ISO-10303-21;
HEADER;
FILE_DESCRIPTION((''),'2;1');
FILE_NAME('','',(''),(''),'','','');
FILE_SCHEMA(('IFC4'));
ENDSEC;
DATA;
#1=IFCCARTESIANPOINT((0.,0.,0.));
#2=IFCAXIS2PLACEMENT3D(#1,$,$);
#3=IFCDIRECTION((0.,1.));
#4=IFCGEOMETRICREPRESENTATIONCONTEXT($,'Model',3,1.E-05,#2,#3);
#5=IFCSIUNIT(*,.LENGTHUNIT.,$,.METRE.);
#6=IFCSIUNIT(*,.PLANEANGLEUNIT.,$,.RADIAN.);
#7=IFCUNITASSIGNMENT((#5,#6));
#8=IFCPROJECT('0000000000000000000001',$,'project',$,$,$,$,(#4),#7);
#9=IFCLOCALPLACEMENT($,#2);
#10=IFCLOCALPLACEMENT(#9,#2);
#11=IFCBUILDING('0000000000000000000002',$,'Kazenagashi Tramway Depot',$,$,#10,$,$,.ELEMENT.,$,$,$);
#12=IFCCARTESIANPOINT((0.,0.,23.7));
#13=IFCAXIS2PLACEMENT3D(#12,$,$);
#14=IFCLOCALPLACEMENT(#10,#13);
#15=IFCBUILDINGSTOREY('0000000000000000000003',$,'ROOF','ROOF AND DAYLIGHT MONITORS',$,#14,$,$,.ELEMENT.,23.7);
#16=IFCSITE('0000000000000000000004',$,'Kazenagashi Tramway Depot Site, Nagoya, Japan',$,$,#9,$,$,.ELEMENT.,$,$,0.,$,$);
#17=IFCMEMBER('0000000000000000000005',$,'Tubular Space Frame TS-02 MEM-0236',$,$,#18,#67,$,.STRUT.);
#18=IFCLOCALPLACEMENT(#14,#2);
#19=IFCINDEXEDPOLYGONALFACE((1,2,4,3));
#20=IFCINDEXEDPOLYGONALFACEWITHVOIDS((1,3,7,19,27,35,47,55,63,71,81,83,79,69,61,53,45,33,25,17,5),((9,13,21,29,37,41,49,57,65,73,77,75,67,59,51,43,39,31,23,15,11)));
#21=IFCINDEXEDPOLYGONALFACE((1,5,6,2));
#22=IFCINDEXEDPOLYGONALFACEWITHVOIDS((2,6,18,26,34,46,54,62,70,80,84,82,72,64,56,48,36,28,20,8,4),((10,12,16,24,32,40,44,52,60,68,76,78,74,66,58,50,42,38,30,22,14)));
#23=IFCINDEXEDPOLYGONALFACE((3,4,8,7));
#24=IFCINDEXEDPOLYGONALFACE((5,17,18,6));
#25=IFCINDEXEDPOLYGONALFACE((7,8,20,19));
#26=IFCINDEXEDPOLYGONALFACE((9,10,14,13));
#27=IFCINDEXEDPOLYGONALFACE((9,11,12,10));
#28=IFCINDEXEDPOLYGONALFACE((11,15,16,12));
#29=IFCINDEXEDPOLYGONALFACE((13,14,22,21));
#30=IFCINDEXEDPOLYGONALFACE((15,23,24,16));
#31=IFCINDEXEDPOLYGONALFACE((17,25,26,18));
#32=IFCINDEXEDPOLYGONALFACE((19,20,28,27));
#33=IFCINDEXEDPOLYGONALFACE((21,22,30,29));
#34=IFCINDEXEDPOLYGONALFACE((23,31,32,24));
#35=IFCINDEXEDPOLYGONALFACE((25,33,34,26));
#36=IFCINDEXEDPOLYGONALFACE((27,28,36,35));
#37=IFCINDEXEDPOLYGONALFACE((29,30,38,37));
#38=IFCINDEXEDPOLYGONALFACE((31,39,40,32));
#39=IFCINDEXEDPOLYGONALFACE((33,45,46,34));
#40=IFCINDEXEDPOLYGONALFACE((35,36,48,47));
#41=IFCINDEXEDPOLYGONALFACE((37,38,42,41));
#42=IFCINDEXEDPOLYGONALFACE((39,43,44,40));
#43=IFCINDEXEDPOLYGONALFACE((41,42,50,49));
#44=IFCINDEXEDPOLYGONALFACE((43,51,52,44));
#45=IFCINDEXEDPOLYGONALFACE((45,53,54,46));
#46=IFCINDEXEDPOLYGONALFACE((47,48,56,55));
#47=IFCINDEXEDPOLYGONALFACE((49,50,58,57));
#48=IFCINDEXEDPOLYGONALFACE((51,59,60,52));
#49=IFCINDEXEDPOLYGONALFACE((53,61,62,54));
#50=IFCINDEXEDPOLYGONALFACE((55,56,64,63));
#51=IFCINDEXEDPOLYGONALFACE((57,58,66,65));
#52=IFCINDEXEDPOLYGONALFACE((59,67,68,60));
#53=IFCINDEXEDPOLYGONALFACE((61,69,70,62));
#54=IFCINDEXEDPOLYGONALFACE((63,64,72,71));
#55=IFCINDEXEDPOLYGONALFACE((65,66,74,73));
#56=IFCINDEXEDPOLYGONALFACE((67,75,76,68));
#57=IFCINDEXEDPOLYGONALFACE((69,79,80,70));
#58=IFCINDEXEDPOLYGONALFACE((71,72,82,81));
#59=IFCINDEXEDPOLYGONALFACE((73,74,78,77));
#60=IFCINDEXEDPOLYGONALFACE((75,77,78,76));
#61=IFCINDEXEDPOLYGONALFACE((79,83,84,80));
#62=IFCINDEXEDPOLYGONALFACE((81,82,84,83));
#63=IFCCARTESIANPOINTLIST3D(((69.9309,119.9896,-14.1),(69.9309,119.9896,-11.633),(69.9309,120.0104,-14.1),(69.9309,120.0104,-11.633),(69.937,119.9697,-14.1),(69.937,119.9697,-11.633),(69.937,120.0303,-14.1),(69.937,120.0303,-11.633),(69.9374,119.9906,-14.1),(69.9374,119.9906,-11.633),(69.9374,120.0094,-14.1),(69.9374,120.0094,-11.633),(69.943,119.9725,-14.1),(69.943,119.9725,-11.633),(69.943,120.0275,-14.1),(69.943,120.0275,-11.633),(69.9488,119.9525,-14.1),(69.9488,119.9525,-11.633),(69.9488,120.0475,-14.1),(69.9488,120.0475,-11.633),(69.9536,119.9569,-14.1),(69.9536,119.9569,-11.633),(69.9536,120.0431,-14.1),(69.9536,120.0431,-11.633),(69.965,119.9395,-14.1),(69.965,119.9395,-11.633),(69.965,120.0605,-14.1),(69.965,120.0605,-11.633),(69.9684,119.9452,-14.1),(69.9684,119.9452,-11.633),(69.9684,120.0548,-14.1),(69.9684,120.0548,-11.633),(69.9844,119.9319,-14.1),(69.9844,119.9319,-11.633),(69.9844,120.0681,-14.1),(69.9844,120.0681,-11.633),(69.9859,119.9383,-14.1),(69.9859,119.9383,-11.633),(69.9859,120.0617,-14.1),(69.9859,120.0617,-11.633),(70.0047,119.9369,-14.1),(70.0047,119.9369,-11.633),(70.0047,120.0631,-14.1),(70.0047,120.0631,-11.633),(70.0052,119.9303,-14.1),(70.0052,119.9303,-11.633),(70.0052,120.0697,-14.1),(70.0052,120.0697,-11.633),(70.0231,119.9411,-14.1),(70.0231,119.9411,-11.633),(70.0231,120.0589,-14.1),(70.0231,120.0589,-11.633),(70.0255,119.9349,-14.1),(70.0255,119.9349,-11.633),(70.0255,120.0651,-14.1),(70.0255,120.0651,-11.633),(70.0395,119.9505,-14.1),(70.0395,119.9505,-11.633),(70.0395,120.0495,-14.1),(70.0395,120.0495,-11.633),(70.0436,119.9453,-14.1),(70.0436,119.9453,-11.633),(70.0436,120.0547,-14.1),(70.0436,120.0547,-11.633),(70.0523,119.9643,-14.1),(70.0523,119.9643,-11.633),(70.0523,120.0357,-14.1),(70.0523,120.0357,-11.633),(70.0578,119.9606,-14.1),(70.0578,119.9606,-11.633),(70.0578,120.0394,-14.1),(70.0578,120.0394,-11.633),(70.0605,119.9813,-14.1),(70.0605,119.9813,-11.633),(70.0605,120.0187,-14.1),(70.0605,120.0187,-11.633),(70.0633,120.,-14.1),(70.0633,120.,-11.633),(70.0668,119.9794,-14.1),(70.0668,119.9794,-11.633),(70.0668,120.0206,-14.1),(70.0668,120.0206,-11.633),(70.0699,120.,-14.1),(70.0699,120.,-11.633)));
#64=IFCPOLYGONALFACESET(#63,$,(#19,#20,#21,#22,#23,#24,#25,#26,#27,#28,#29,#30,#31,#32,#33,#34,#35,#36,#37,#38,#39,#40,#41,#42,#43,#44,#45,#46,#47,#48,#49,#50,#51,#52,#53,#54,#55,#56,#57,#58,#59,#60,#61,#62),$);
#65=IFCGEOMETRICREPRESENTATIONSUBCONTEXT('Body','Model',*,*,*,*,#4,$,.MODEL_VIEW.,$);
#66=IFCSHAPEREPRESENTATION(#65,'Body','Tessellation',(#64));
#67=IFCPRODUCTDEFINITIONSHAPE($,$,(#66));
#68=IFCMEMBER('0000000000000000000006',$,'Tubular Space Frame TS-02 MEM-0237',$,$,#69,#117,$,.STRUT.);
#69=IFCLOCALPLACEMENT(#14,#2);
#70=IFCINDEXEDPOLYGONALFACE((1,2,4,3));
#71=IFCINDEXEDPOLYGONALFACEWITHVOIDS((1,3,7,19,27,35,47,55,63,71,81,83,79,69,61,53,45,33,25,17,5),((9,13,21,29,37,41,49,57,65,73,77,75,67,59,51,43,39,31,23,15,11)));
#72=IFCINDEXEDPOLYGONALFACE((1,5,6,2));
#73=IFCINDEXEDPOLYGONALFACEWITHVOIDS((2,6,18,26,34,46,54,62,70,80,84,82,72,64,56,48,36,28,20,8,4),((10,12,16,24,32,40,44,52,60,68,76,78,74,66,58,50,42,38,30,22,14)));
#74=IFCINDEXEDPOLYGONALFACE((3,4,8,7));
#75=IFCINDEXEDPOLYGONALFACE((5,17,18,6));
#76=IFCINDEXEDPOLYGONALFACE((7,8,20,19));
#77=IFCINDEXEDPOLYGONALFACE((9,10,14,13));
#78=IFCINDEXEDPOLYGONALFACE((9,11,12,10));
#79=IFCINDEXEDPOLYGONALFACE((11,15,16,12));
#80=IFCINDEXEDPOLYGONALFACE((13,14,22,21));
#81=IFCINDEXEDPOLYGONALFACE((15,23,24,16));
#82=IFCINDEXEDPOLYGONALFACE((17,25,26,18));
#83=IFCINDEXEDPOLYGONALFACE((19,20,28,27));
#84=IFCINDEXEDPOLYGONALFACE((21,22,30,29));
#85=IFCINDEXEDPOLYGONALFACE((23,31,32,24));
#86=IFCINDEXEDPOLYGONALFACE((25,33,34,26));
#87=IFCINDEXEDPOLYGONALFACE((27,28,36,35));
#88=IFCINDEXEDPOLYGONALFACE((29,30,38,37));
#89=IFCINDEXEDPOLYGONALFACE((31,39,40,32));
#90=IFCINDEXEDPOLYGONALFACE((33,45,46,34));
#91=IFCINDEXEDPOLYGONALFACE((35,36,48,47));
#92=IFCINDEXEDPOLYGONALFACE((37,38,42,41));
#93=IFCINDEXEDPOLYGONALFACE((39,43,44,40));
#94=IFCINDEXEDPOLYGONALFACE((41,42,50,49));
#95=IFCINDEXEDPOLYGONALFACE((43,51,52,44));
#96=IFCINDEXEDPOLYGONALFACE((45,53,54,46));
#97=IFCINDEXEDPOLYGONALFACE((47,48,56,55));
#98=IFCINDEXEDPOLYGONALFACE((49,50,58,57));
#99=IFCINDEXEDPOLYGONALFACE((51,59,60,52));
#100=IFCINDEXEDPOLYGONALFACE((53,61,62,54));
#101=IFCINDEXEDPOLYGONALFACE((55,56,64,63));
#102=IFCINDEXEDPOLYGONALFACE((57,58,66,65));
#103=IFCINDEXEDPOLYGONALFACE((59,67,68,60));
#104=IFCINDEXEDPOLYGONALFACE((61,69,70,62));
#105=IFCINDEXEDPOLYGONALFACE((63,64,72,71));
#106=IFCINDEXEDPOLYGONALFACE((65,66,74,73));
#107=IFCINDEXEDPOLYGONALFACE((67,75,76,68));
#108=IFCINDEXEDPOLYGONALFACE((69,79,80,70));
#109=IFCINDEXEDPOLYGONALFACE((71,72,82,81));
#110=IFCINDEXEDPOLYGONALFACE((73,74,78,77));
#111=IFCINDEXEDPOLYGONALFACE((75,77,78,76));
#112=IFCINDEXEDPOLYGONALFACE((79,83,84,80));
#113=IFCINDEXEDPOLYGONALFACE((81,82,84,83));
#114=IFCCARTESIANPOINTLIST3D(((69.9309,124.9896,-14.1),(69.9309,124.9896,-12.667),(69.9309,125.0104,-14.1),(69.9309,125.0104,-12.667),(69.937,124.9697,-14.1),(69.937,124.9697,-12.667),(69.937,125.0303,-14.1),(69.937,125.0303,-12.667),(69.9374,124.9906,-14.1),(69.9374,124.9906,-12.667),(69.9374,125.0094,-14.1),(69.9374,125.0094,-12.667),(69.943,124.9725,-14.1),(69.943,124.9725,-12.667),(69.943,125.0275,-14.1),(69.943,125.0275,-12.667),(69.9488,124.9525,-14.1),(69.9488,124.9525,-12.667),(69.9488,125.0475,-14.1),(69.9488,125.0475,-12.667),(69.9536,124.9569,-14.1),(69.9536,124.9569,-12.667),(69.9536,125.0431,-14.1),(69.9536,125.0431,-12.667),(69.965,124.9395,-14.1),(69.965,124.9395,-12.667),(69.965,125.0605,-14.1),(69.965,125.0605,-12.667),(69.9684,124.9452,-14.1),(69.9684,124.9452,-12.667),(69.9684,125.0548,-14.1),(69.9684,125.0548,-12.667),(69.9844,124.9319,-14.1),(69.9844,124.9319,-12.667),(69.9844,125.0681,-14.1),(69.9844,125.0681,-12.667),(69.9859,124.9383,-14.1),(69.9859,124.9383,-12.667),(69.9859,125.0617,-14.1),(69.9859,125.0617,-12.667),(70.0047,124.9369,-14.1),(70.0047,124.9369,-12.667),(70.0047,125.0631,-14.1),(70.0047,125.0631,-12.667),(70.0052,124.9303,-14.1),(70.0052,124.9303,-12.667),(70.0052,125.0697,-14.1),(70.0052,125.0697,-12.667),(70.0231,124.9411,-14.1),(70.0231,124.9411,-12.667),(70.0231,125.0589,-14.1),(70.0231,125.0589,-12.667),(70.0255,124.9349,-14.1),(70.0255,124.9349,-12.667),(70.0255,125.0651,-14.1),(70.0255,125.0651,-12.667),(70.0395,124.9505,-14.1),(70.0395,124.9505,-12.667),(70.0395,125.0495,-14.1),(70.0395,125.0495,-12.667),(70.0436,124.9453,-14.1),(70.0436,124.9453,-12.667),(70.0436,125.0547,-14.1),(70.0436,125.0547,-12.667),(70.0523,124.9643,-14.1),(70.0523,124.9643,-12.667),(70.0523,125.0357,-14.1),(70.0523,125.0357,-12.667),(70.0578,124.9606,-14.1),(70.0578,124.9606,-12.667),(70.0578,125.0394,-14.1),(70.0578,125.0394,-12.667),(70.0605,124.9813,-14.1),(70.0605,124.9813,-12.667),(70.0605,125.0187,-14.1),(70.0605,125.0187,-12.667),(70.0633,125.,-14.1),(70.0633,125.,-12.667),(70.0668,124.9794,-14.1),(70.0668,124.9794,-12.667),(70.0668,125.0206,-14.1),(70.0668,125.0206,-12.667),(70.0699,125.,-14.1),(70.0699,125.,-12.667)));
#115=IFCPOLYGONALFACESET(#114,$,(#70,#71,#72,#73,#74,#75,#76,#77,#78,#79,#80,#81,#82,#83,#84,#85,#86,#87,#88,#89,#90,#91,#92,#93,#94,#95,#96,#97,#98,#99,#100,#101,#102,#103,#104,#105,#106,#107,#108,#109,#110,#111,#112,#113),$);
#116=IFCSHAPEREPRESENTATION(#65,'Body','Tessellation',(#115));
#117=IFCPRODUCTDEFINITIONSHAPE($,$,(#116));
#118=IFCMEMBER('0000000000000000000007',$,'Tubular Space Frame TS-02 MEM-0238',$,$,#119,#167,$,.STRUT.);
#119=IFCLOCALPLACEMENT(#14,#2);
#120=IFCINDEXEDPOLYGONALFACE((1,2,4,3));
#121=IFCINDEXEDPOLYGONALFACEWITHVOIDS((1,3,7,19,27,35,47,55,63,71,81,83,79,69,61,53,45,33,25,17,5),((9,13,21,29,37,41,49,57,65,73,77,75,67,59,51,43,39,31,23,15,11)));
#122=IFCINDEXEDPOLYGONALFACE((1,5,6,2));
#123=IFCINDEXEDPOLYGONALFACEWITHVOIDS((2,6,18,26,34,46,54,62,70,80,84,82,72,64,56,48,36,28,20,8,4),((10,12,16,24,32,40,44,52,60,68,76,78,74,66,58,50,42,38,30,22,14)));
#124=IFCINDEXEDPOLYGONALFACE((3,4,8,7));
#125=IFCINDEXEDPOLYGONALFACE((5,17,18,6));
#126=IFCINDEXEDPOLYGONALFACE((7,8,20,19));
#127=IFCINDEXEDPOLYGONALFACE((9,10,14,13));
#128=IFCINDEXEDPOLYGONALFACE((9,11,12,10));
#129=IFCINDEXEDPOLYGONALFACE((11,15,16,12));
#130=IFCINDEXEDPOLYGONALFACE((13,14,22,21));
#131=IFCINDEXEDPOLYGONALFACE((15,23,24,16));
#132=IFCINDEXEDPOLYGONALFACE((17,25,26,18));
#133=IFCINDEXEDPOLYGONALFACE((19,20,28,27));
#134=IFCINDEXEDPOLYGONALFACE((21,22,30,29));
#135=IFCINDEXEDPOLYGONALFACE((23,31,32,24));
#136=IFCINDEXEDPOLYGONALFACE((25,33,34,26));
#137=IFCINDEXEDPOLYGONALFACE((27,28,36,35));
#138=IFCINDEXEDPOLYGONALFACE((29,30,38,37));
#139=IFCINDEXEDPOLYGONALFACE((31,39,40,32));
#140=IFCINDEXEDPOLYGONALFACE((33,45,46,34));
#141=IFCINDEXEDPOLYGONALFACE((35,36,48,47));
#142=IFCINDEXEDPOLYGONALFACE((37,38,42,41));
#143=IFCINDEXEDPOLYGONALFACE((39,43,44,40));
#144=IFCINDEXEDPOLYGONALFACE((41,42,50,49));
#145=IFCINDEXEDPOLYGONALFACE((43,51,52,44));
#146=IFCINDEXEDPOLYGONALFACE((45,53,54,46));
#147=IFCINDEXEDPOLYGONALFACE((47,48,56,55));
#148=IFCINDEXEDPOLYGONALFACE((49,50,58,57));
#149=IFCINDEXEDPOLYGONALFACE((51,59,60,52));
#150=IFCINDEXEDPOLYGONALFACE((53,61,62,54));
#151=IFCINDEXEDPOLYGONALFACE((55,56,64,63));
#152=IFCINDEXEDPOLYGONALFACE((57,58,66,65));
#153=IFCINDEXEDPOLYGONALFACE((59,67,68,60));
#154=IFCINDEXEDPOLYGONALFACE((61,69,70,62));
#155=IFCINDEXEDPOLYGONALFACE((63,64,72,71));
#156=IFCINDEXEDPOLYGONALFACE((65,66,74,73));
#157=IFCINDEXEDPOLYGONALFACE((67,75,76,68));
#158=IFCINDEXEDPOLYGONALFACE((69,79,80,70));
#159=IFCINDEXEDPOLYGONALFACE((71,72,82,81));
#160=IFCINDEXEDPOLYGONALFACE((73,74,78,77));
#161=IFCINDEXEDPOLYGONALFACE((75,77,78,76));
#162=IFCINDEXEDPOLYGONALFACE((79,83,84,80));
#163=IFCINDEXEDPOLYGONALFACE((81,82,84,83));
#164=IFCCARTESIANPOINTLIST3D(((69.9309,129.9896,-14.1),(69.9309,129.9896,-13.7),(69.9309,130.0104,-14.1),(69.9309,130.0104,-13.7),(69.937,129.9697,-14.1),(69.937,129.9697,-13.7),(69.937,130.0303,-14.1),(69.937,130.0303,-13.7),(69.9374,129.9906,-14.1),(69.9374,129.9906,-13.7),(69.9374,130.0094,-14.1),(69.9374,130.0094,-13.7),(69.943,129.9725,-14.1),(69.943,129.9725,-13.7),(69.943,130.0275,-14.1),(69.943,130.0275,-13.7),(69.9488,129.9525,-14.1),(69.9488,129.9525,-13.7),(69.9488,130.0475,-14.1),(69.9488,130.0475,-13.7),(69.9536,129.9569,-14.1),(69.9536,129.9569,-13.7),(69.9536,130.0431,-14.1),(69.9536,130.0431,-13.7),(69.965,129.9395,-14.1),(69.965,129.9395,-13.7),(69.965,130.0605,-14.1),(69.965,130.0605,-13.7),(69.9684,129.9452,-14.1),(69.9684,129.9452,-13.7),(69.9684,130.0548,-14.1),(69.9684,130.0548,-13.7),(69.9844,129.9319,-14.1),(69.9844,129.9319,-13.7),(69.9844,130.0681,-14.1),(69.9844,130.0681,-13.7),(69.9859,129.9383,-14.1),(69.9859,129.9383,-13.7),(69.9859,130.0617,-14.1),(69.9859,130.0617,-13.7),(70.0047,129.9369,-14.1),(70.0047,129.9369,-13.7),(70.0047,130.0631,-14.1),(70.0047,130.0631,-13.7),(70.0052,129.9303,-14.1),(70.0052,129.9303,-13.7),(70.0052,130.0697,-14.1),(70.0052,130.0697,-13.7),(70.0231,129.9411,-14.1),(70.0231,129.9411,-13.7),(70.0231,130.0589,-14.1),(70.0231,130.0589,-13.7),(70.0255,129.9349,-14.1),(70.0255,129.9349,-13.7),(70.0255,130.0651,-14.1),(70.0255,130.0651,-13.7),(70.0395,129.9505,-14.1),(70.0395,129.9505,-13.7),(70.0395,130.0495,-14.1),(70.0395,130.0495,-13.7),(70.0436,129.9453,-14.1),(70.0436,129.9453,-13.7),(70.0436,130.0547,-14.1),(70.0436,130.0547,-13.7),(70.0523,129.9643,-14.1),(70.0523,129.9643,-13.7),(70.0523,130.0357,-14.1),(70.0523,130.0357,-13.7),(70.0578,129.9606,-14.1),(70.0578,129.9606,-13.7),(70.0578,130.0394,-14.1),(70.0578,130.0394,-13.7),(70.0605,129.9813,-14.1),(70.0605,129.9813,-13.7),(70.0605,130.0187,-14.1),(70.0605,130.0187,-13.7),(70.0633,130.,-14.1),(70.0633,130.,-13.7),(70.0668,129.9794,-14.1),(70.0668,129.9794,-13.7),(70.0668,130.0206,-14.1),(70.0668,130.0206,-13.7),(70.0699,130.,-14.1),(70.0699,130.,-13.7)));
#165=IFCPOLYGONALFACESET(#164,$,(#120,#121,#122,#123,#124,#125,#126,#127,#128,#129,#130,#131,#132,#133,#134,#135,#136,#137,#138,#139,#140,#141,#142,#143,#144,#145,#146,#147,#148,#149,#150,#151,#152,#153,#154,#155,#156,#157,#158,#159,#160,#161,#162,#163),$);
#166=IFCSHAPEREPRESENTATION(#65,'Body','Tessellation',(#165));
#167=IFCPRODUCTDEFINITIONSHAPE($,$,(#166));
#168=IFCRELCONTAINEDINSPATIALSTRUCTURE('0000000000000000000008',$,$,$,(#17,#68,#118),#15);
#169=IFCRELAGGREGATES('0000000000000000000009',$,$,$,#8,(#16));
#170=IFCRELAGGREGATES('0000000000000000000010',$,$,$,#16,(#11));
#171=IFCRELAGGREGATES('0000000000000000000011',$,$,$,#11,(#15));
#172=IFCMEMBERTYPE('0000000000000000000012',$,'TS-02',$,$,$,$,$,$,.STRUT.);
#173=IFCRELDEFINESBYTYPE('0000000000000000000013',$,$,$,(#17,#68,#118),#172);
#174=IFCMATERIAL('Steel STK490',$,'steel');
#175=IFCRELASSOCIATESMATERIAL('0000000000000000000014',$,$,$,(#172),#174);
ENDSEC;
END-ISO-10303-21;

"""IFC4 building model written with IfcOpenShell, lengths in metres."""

from ifc_helpers import new_model, si_unit, direction, frame, origin, origin_2d, place, context, subcontext, project, spatial, hollow_circle, extrude, material, material_profile, profile_set, type_object, element, save


model = new_model("IFC4")

# Units and contexts
model_context = context("Model", 3, precision=1e-05, world=origin(), true_north=direction((0.0, 1.0)))
body_context = subcontext(model_context, "Body", "Model", "MODEL_VIEW")
ifc_project = project(units=[si_unit("LENGTHUNIT", "METRE"), si_unit("PLANEANGLEUNIT", "RADIAN")], contexts=[model_context])

# Site, building, storey
site_placement = place(None, origin())
site = spatial("IfcSite", under=ifc_project, at=site_placement, Name="Kazenagashi Tramway Depot Site, Nagoya, Japan", CompositionType="ELEMENT", RefElevation=0.0)
building_placement = place(site_placement, origin())
building = spatial("IfcBuilding", under=site, at=building_placement, Name="Kazenagashi Tramway Depot", CompositionType="ELEMENT")
storey_placement = place(building_placement, frame((0.0, 0.0, 23.7)))
storey = spatial("IfcBuildingStorey", under=building, at=storey_placement, Name="ROOF", Description="ROOF AND DAYLIGHT MONITORS", CompositionType="ELEMENT", Elevation=23.7)

# Members
ifc_material_1 = material(Name="Steel STK490", Category="steel")
ifc_material_profile_1 = material_profile(ifc_material_1, hollow_circle(Radius=0.0699, WallThickness=0.0066, at=origin_2d()), Name="CHS-139.8x6.6")
ifc_profile_set_1 = profile_set([ifc_material_profile_1], Name="Steel STK490")
member_type_1 = type_object("IfcMemberType", Name="TS-02", PredefinedType="STRUT", material=ifc_profile_set_1)
member_1_placement = place(storey_placement, frame((70.0, 120.0, -14.1), z_axis=(0.0, 0.0, 1.0), x_axis=(1.0, 0.0, 0.0)))
element("IfcMember", 1, at=member_1_placement, inside=storey, type_object=member_type_1, Name="Tubular Space Frame TS-02 MEM-0236", PredefinedType="STRUT", context=body_context, shape_type="SweptSolid", body=[
    extrude(hollow_circle(Radius=0.0699, WallThickness=0.0066, at=origin_2d()), origin(), (0.0, 0.0, 1.0), 2.467),
])
member_2_placement = place(storey_placement, frame((70.0, 125.0, -14.1), z_axis=(0.0, 0.0, 1.0), x_axis=(1.0, 0.0, 0.0)))
element("IfcMember", 2, at=member_2_placement, inside=storey, type_object=member_type_1, Name="Tubular Space Frame TS-02 MEM-0237", PredefinedType="STRUT", context=body_context, shape_type="SweptSolid", body=[
    extrude(hollow_circle(Radius=0.0699, WallThickness=0.0066, at=origin_2d()), origin(), (0.0, 0.0, 1.0), 1.433),
])
member_3_placement = place(storey_placement, frame((70.0, 130.0, -14.1), z_axis=(0.0, 0.0, 1.0), x_axis=(1.0, 0.0, 0.0)))
element("IfcMember", 3, at=member_3_placement, inside=storey, type_object=member_type_1, Name="Tubular Space Frame TS-02 MEM-0238", PredefinedType="STRUT", context=body_context, shape_type="SweptSolid", body=[
    extrude(hollow_circle(Radius=0.0699, WallThickness=0.0066, at=origin_2d()), origin(), (0.0, 0.0, 1.0), 0.4),
])

save(model, "model.ifc")
